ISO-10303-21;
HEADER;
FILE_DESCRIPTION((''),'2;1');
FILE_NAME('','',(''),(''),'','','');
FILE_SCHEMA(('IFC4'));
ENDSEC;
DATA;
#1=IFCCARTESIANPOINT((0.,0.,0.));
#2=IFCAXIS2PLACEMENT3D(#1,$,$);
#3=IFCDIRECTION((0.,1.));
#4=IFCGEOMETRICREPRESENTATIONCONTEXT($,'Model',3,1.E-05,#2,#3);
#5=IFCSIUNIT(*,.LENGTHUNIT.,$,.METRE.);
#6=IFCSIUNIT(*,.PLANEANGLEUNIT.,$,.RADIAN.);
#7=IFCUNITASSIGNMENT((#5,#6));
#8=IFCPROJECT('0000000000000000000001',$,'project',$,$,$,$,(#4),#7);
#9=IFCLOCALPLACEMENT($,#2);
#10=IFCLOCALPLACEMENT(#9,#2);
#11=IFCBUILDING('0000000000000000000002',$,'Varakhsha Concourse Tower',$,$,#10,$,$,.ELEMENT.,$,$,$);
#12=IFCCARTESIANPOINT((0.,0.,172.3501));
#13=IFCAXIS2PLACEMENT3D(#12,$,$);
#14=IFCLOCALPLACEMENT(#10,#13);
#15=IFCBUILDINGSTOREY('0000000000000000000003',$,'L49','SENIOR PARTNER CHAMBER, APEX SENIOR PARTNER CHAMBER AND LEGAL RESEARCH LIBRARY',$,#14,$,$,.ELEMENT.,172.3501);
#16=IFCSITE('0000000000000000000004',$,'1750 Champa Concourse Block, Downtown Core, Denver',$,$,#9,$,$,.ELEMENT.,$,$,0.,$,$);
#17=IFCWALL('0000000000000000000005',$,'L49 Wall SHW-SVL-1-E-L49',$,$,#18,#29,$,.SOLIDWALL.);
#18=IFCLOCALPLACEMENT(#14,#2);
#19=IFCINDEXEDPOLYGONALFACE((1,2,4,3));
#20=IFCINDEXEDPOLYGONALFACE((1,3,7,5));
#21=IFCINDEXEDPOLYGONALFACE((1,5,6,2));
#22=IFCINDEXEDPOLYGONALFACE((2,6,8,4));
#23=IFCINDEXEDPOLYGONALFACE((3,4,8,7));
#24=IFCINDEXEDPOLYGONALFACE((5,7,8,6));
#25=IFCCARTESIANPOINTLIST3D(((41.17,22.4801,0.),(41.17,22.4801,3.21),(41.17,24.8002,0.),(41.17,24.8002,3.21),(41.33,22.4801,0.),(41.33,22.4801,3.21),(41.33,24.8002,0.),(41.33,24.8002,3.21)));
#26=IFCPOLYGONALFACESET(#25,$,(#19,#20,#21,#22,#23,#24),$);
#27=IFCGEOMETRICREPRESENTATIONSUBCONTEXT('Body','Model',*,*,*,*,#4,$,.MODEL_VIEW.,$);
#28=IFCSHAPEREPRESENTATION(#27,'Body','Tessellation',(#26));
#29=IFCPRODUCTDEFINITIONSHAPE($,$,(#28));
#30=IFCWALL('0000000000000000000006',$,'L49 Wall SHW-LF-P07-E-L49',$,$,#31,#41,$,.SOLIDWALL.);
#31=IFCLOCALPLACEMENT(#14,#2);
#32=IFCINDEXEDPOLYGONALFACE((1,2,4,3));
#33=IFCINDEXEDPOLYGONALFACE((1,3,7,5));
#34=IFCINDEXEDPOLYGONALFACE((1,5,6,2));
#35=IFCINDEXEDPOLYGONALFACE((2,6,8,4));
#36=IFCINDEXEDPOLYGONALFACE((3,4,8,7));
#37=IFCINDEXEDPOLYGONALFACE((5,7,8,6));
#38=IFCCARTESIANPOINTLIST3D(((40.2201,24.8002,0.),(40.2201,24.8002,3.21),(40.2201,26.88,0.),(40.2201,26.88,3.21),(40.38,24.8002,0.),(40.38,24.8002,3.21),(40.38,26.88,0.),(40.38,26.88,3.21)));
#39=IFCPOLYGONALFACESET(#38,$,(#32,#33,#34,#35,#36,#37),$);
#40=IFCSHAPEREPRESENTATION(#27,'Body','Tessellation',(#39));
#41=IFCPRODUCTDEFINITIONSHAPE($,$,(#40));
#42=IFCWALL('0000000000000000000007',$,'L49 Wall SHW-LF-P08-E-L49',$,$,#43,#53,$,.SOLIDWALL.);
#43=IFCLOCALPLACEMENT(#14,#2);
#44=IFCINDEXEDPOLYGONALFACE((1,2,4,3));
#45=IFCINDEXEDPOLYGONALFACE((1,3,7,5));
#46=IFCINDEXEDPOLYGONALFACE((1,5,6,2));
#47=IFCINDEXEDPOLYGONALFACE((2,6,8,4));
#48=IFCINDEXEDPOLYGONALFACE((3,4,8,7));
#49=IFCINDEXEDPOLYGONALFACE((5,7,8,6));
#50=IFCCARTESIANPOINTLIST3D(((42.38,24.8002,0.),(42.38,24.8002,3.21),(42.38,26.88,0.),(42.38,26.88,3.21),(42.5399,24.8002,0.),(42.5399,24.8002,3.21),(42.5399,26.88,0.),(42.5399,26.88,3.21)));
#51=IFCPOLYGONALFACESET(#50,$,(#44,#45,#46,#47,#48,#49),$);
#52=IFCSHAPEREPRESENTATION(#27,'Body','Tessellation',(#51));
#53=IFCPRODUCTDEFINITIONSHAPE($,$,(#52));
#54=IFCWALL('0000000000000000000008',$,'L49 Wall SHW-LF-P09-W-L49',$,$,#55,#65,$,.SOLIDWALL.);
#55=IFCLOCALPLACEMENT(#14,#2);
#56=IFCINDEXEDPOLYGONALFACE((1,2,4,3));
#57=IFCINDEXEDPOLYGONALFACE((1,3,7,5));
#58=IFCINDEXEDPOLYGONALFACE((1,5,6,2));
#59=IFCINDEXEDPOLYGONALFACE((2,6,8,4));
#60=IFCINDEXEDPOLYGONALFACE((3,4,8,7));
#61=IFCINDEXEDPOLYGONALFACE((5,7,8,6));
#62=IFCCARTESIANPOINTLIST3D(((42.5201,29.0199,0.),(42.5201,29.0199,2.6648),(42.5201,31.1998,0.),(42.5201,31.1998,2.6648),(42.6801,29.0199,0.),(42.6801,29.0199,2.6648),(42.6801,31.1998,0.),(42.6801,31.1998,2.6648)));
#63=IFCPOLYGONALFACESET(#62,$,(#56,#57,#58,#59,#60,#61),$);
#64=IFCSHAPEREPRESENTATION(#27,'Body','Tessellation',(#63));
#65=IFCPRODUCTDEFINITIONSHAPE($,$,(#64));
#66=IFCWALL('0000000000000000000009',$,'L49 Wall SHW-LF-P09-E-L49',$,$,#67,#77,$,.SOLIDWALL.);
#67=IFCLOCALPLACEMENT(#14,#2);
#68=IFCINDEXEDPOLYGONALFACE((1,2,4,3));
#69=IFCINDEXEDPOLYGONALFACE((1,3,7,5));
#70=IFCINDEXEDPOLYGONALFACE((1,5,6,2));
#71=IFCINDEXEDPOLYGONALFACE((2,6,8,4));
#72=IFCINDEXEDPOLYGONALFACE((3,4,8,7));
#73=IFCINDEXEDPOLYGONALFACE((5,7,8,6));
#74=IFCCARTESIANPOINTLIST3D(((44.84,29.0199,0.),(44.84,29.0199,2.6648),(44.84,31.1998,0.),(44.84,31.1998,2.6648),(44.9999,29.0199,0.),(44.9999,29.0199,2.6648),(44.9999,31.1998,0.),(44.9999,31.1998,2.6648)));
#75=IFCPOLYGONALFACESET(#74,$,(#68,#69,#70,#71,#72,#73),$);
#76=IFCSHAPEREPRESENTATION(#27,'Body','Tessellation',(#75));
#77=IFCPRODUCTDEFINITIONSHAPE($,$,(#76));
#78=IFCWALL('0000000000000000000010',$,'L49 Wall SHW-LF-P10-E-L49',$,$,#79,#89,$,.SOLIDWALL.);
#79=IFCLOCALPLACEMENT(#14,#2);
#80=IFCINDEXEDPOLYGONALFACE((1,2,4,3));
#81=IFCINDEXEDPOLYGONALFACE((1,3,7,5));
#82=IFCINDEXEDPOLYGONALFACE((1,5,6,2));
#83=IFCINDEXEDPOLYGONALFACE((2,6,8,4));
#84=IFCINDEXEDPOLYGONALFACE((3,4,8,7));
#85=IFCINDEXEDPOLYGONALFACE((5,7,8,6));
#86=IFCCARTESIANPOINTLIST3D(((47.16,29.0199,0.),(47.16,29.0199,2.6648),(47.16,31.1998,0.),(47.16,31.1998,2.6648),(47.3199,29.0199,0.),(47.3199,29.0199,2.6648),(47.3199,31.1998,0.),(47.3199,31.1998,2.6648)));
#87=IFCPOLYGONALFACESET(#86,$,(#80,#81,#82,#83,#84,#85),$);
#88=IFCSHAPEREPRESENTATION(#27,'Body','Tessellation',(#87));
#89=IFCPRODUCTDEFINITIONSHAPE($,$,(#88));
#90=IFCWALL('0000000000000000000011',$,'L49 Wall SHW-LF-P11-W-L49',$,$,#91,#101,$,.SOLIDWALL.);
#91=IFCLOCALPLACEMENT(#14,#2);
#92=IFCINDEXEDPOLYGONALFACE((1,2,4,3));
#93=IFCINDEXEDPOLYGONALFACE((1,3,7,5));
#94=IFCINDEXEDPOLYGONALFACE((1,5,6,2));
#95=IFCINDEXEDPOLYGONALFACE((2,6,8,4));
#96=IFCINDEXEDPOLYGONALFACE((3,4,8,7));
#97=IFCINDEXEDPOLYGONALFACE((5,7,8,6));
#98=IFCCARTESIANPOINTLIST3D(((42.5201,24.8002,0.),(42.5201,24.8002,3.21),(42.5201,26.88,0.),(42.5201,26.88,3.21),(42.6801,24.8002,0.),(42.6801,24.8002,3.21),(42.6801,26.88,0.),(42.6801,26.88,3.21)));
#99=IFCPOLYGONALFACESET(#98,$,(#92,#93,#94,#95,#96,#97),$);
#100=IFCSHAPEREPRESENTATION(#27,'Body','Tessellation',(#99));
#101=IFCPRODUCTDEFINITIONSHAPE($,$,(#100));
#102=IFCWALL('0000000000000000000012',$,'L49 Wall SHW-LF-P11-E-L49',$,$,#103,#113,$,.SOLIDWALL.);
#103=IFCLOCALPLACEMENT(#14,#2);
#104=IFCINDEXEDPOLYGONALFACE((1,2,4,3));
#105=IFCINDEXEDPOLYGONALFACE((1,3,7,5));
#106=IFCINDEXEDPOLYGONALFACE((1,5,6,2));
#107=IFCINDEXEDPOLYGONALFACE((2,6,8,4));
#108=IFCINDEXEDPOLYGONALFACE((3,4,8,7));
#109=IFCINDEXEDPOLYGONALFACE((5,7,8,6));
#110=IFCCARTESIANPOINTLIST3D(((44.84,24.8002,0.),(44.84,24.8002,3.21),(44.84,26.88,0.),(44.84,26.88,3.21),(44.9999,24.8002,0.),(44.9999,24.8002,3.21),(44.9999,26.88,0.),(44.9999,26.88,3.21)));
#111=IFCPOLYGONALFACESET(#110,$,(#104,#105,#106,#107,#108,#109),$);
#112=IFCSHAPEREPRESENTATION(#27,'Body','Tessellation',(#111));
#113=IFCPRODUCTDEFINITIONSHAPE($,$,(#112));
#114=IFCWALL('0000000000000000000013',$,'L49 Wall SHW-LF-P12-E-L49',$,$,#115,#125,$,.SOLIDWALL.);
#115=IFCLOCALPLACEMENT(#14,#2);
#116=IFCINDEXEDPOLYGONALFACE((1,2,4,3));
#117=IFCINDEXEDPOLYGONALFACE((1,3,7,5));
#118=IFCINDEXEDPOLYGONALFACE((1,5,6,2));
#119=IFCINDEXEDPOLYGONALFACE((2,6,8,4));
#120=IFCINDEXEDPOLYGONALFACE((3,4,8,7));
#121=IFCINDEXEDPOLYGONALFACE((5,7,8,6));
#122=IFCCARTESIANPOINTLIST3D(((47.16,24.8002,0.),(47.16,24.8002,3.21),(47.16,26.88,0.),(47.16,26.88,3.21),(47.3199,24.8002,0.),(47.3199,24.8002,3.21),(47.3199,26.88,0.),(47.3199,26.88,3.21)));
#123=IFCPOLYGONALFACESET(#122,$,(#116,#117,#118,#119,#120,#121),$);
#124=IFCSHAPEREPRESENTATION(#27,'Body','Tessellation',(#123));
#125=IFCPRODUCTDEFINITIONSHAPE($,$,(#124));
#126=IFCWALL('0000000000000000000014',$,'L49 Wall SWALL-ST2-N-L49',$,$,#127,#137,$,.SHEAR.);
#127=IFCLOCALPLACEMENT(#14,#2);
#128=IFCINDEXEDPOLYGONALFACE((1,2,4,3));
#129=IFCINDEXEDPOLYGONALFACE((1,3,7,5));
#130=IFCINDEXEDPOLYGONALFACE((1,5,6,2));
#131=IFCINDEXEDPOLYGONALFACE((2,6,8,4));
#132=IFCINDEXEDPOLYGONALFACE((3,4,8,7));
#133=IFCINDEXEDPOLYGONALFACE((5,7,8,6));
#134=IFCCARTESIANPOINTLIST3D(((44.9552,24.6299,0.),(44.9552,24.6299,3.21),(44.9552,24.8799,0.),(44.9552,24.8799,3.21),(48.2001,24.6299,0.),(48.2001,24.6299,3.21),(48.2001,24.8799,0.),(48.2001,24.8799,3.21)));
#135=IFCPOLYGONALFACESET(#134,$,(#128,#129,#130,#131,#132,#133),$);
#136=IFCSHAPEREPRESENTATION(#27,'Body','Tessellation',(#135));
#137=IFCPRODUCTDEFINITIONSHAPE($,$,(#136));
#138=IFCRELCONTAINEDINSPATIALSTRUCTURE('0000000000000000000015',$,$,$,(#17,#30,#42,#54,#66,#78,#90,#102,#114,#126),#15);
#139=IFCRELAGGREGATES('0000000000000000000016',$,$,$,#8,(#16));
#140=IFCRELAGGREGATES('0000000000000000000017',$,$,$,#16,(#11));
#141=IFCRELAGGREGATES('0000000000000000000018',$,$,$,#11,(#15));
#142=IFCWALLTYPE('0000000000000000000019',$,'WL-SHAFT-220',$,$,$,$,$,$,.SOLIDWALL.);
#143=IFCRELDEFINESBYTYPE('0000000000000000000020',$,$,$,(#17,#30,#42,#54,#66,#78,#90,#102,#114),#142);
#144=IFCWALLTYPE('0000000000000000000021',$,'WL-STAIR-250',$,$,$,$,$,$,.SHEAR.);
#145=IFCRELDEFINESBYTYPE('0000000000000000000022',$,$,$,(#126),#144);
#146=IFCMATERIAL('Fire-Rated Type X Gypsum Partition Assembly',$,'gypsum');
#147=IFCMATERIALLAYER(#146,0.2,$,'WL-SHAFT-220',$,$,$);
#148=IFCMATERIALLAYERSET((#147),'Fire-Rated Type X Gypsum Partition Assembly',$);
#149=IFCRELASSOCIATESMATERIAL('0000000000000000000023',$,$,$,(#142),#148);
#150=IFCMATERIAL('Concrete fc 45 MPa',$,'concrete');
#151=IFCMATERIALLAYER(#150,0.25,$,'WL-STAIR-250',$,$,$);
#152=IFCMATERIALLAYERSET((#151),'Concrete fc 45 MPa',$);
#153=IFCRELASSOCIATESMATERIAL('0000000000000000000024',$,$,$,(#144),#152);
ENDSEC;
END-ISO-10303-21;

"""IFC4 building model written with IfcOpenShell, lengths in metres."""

from ifc_helpers import new_model, si_unit, direction, frame, frame_2d, origin, place, context, subcontext, project, spatial, rectangle, extrude, material, layer, layer_set, type_object, element, save


model = new_model("IFC4")

# Units and contexts
model_context = context("Model", 3, precision=1e-05, world=origin(), true_north=direction((0.0, 1.0)))
body_context = subcontext(model_context, "Body", "Model", "MODEL_VIEW")
ifc_project = project(units=[si_unit("LENGTHUNIT", "METRE"), si_unit("PLANEANGLEUNIT", "RADIAN")], contexts=[model_context])

# Site, building, storey
site_placement = place(None, origin())
site = spatial("IfcSite", under=ifc_project, at=site_placement, Name="1750 Champa Concourse Block, Downtown Core, Denver", CompositionType="ELEMENT", RefElevation=0.0)
building_placement = place(site_placement, origin())
building = spatial("IfcBuilding", under=site, at=building_placement, Name="Varakhsha Concourse Tower", CompositionType="ELEMENT")
storey_placement = place(building_placement, frame((0.0, 0.0, 172.3501)))
storey = spatial("IfcBuildingStorey", under=building, at=storey_placement, Name="L49", Description="SENIOR PARTNER CHAMBER, APEX SENIOR PARTNER CHAMBER AND LEGAL RESEARCH LIBRARY", CompositionType="ELEMENT", Elevation=172.3501)

# Shared definitions
ifc_material_1 = material(Name="Fire-Rated Type X Gypsum Partition Assembly", Category="gypsum")

# Walls
ifc_layer_1 = layer(ifc_material_1, 0.2, Name="WL-SHAFT-220")
ifc_layer_set_1 = layer_set([ifc_layer_1], Name="Fire-Rated Type X Gypsum Partition Assembly")
wall_type_1 = type_object("IfcWallType", Name="WL-SHAFT-220", PredefinedType="SOLIDWALL", material=ifc_layer_set_1)
for number, where, z_axis, x_axis, name in (
    (1, (41.25, 22.48, 0.0), (0.0, 0.0, 1.0), (0.0, 1.0, 0.0), "L49 Wall SHW-SVL-1-E-L49"),
):
    element("IfcWall", number, at=place(storey_placement, frame(where, z_axis=z_axis, x_axis=x_axis)), inside=storey, type_object=wall_type_1, Name=name, PredefinedType="SOLIDWALL", context=body_context, shape_type="SweptSolid", body=[
        extrude(rectangle(XDim=2.3201, YDim=0.1599, at=frame_2d((1.1602, 0.0))), origin(), (0.0, 0.0, 1.0), 3.21),
    ])
for number, where, z_axis, x_axis, name in (
    (2, (40.3, 24.8, 0.0), (0.0, 0.0, 1.0), (0.0, 1.0, 0.0), "L49 Wall SHW-LF-P07-E-L49"),
    (3, (42.46, 24.8, 0.0), (0.0, 0.0, 1.0), (0.0, 1.0, 0.0), "L49 Wall SHW-LF-P08-E-L49"),
):
    element("IfcWall", number, at=place(storey_placement, frame(where, z_axis=z_axis, x_axis=x_axis)), inside=storey, type_object=wall_type_1, Name=name, PredefinedType="SOLIDWALL", context=body_context, shape_type="SweptSolid", body=[
        extrude(rectangle(XDim=2.0798, YDim=0.1599, at=frame_2d((1.04, 0.0))), origin(), (0.0, 0.0, 1.0), 3.21),
    ])
for number, where, z_axis, x_axis, name in (
    (4, (42.6001, 29.02, 0.0), (0.0, 0.0, 1.0), (0.0, 1.0, 0.0), "L49 Wall SHW-LF-P09-W-L49"),
    (5, (44.9199, 29.02, 0.0), (0.0, 0.0, 1.0), (0.0, 1.0, 0.0), "L49 Wall SHW-LF-P09-E-L49"),
    (6, (47.24, 29.02, 0.0), (0.0, 0.0, 1.0), (0.0, 1.0, 0.0), "L49 Wall SHW-LF-P10-E-L49"),
):
    element("IfcWall", number, at=place(storey_placement, frame(where, z_axis=z_axis, x_axis=x_axis)), inside=storey, type_object=wall_type_1, Name=name, PredefinedType="SOLIDWALL", context=body_context, shape_type="SweptSolid", body=[
        extrude(rectangle(XDim=2.1799, YDim=0.1599, at=frame_2d((1.0898, 0.0))), origin(), (0.0, 0.0, 1.0), 2.6648),
    ])
for number, where, z_axis, x_axis, name in (
    (7, (42.6001, 24.8, 0.0), (0.0, 0.0, 1.0), (0.0, 1.0, 0.0), "L49 Wall SHW-LF-P11-W-L49"),
    (8, (44.9199, 24.8, 0.0), (0.0, 0.0, 1.0), (0.0, 1.0, 0.0), "L49 Wall SHW-LF-P11-E-L49"),
    (9, (47.24, 24.8, 0.0), (0.0, 0.0, 1.0), (0.0, 1.0, 0.0), "L49 Wall SHW-LF-P12-E-L49"),
):
    element("IfcWall", number, at=place(storey_placement, frame(where, z_axis=z_axis, x_axis=x_axis)), inside=storey, type_object=wall_type_1, Name=name, PredefinedType="SOLIDWALL", context=body_context, shape_type="SweptSolid", body=[
        extrude(rectangle(XDim=2.0798, YDim=0.1599, at=frame_2d((1.04, 0.0))), origin(), (0.0, 0.0, 1.0), 3.21),
    ])
ifc_material_2 = material(Name="Concrete fc 45 MPa", Category="concrete")
ifc_layer_2 = layer(ifc_material_2, 0.25, Name="WL-STAIR-250")
ifc_layer_set_2 = layer_set([ifc_layer_2], Name="Concrete fc 45 MPa")
wall_type_2 = type_object("IfcWallType", Name="WL-STAIR-250", PredefinedType="SHEAR", material=ifc_layer_set_2)
wall_1_placement = place(storey_placement, frame((44.9551, 24.7549, 0.0), z_axis=(0.0, 0.0, 1.0), x_axis=(1.0, 0.0, 0.0)))
element("IfcWall", 10, at=wall_1_placement, inside=storey, type_object=wall_type_2, Name="L49 Wall SWALL-ST2-N-L49", PredefinedType="SHEAR", context=body_context, shape_type="SweptSolid", body=[
    extrude(rectangle(XDim=3.2449, YDim=0.25, at=frame_2d((1.6226, 0.0))), origin(), (0.0, 0.0, 1.0), 3.21),
])

save(model, "model.ifc")
